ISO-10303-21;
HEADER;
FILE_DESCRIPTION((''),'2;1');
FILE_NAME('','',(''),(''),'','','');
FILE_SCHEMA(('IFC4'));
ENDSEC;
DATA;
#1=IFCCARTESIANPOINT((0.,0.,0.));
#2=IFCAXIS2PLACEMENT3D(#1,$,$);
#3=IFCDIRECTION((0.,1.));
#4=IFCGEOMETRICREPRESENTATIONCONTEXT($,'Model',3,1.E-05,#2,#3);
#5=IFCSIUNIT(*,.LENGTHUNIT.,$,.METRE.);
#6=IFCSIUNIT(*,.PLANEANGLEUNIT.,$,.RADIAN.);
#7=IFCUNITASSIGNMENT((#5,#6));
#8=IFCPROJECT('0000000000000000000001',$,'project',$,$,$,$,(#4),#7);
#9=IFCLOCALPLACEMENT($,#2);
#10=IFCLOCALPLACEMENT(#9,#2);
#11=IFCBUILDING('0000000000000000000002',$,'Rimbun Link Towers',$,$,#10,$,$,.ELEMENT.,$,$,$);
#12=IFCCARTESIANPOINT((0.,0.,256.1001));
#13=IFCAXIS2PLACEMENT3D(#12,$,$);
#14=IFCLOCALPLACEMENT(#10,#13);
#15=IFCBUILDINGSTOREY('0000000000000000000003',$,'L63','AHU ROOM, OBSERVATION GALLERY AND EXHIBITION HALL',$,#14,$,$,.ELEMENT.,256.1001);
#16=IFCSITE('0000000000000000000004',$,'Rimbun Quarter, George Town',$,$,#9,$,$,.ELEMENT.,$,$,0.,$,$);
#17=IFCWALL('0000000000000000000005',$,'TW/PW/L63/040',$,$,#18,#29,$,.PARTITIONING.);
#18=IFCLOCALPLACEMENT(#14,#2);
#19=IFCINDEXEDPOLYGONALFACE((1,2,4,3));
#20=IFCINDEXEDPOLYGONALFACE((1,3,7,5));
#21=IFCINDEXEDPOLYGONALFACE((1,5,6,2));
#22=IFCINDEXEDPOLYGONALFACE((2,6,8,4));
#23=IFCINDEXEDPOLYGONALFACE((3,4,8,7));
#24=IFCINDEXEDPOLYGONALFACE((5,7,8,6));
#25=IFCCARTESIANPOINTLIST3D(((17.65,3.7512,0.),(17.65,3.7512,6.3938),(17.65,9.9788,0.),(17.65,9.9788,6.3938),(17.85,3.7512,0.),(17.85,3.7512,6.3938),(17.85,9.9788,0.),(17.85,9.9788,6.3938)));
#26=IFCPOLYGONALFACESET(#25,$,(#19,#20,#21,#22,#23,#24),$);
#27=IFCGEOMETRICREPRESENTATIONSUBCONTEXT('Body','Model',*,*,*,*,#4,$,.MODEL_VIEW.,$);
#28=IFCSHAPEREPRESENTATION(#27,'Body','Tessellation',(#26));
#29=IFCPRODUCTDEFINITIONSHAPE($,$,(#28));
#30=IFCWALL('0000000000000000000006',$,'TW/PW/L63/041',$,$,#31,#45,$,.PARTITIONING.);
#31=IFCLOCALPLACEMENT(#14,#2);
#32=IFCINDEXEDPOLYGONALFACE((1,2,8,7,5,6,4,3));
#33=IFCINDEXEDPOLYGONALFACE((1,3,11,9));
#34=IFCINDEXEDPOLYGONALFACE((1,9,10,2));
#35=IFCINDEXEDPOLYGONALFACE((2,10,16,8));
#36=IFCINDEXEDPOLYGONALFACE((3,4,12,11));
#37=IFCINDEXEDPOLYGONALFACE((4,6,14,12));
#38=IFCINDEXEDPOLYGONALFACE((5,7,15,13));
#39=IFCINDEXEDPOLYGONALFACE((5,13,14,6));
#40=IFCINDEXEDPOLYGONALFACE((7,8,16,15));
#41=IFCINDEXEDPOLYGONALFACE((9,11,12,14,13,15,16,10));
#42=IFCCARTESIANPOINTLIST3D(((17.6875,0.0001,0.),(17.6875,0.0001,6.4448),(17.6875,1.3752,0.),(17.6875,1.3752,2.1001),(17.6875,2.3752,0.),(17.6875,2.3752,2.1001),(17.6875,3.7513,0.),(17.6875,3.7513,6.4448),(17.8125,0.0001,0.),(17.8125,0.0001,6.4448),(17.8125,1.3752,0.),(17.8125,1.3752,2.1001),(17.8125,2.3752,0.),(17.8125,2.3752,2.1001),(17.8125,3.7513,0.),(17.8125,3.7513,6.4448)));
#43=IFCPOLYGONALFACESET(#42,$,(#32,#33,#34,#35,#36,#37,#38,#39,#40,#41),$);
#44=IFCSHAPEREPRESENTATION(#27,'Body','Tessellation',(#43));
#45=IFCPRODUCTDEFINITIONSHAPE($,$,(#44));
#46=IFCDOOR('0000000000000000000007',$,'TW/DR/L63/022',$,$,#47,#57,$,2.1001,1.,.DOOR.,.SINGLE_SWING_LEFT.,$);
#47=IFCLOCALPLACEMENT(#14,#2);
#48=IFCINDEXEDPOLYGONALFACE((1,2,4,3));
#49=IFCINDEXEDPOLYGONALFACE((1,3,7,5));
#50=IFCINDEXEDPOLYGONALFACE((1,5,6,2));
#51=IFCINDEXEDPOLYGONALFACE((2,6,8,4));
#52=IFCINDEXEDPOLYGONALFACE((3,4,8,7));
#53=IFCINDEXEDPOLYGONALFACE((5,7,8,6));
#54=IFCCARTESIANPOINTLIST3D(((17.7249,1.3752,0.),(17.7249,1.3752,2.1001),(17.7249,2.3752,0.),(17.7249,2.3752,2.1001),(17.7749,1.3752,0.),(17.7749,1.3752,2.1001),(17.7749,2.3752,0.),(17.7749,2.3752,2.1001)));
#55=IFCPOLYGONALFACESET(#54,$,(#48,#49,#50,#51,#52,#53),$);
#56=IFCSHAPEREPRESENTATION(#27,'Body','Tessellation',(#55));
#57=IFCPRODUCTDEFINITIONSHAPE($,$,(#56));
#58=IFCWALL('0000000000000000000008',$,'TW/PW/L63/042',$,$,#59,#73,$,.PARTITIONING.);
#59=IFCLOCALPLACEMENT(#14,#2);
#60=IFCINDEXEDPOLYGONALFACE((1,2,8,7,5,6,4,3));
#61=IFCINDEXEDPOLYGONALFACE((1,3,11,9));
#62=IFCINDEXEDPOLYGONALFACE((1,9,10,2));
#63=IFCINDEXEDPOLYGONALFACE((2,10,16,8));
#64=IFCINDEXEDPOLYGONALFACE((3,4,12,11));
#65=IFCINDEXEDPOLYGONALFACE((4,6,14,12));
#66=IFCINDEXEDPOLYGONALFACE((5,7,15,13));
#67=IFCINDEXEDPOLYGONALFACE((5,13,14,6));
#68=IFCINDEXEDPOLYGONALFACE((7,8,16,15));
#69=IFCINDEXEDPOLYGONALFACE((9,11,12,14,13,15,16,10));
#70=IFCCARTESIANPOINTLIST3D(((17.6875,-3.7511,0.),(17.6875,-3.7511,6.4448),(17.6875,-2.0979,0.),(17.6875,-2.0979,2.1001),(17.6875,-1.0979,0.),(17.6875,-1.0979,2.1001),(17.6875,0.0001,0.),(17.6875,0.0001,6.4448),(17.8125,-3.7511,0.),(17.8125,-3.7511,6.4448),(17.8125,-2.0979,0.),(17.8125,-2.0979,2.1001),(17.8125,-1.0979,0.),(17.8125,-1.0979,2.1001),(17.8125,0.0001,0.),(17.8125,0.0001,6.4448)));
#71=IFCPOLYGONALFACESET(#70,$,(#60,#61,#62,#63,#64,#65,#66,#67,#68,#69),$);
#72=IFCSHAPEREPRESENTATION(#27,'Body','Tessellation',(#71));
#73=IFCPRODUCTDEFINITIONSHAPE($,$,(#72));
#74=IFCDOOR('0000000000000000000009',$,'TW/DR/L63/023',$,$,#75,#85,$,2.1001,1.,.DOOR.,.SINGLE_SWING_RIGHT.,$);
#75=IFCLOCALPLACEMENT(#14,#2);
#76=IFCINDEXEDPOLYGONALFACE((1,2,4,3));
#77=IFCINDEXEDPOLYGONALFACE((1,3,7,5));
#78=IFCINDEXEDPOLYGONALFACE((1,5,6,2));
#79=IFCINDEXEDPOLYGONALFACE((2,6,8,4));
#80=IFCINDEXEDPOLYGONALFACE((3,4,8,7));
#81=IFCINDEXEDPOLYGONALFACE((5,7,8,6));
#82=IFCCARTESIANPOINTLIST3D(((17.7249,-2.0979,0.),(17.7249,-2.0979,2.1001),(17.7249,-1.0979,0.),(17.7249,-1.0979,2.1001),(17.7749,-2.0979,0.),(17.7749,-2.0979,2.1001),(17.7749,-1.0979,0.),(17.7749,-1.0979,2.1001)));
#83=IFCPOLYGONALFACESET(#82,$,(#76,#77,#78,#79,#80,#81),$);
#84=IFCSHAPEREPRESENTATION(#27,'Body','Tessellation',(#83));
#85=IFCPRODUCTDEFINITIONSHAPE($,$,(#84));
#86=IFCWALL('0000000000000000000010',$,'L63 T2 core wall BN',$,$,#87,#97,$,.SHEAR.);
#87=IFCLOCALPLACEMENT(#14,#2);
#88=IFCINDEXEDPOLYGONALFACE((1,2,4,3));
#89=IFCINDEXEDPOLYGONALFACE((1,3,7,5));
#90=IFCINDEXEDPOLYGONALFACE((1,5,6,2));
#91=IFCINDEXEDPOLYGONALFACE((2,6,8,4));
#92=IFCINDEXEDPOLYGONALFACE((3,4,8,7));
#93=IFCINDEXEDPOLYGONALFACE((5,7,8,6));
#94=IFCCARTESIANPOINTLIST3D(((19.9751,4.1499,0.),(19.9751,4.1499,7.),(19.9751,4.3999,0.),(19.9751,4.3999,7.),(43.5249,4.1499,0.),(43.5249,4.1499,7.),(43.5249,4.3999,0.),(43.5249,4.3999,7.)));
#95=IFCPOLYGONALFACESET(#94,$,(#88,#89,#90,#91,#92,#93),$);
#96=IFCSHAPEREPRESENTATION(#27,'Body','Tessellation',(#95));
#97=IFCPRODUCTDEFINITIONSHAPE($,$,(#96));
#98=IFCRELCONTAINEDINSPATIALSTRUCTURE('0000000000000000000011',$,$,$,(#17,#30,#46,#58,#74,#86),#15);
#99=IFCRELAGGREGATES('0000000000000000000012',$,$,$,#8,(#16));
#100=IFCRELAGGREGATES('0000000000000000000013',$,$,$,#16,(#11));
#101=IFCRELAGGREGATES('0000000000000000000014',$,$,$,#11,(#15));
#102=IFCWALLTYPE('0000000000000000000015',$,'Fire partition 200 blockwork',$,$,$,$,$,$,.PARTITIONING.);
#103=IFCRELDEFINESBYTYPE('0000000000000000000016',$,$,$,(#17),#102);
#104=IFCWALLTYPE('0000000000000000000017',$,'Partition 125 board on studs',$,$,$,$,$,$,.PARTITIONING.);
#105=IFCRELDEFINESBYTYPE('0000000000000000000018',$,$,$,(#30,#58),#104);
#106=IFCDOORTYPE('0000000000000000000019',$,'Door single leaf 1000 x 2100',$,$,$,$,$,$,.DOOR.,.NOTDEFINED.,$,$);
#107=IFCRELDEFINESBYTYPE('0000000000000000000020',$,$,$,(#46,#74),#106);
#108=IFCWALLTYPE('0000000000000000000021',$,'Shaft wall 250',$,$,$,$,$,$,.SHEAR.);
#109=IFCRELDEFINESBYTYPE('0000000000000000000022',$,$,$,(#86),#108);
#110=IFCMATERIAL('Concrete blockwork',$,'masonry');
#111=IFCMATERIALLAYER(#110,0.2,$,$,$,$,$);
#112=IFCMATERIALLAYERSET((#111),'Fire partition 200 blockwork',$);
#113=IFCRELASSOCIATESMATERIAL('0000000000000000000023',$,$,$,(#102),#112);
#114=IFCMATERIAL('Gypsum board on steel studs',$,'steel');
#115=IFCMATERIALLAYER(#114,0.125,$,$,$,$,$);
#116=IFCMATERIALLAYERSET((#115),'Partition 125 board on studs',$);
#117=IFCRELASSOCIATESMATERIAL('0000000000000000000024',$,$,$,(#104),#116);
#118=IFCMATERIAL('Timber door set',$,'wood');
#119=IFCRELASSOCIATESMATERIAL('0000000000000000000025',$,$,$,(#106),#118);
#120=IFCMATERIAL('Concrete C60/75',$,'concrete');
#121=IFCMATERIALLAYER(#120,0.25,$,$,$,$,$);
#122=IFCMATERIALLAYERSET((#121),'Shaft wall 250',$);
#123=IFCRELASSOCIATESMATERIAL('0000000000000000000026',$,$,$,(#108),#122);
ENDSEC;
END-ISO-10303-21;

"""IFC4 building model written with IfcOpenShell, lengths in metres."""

from ifc_helpers import new_model, si_unit, direction, frame, frame_2d, origin, place, context, subcontext, project, spatial, rectangle, extrude, material, layer, layer_set, type_object, element, fill, save


model = new_model("IFC4")

# Units and contexts
model_context = context("Model", 3, precision=1e-05, world=origin(), true_north=direction((0.0, 1.0)))
body_context = subcontext(model_context, "Body", "Model", "MODEL_VIEW")
ifc_project = project(units=[si_unit("LENGTHUNIT", "METRE"), si_unit("PLANEANGLEUNIT", "RADIAN")], contexts=[model_context])

# Site, building, storey
site_placement = place(None, origin())
site = spatial("IfcSite", under=ifc_project, at=site_placement, Name="Rimbun Quarter, George Town", CompositionType="ELEMENT", RefElevation=0.0)
building_placement = place(site_placement, origin())
building = spatial("IfcBuilding", under=site, at=building_placement, Name="Rimbun Link Towers", CompositionType="ELEMENT")
storey_placement = place(building_placement, frame((0.0, 0.0, 256.1001)))
storey = spatial("IfcBuildingStorey", under=building, at=storey_placement, Name="L63", Description="AHU ROOM, OBSERVATION GALLERY AND EXHIBITION HALL", CompositionType="ELEMENT", Elevation=256.1001)

# Wall
ifc_material_1 = material(Name="Concrete blockwork", Category="masonry")
ifc_layer_1 = layer(ifc_material_1, 0.2)
ifc_layer_set_1 = layer_set([ifc_layer_1], Name="Fire partition 200 blockwork")
wall_type_1 = type_object("IfcWallType", Name="Fire partition 200 blockwork", PredefinedType="PARTITIONING", material=ifc_layer_set_1)
wall_1_placement = place(storey_placement, frame((17.75, 9.9788, 0.0), z_axis=(0.0, 0.0, 1.0), x_axis=(0.0, -1.0, 0.0)))
element("IfcWall", 1, at=wall_1_placement, inside=storey, type_object=wall_type_1, Name="TW/PW/L63/040", PredefinedType="PARTITIONING", context=body_context, shape_type="SweptSolid", body=[
    extrude(rectangle(XDim=6.2275, YDim=0.2, at=frame_2d((3.1138, 0.0))), origin(), (0.0, 0.0, 1.0), 6.3938),
])

# Walls, openings, doors
ifc_material_2 = material(Name="Gypsum board on steel studs", Category="steel")
ifc_layer_2 = layer(ifc_material_2, 0.125)
ifc_layer_set_2 = layer_set([ifc_layer_2], Name="Partition 125 board on studs")
wall_type_2 = type_object("IfcWallType", Name="Partition 125 board on studs", PredefinedType="PARTITIONING", material=ifc_layer_set_2)
wall_2_placement = place(storey_placement, frame((17.75, 3.7512, 0.0), z_axis=(0.0, 0.0, 1.0), x_axis=(0.0, -1.0, 0.0)))
wall_2 = element("IfcWall", 2, at=wall_2_placement, inside=storey, type_object=wall_type_2, Name="TW/PW/L63/041", PredefinedType="PARTITIONING", context=body_context, shape_type="SweptSolid", body=[
    extrude(rectangle(XDim=3.7512, YDim=0.125, at=frame_2d((1.8755, 0.0))), origin(), (0.0, 0.0, 1.0), 6.4448),
])
opening_1_placement = place(wall_2_placement, frame((1.376, 0.0, 0.0)))
opening_1 = element("IfcOpeningElement", 3, at=opening_1_placement, cuts=wall_2, PredefinedType="OPENING", context=body_context, shape_type="SweptSolid", body=[
    extrude(rectangle(XDim=1.0, YDim=2.1001, at=frame_2d((0.5, 1.05))), frame((0.0, 0.0725, 0.0), z_axis=(0.0, -1.0, 0.0), x_axis=(1.0, 0.0, 0.0)), (0.0, 0.0, 1.0), 0.145),
])
ifc_material_3 = material(Name="Timber door set", Category="wood")
door_type_1 = type_object("IfcDoorType", Name="Door single leaf 1000 x 2100", OperationType="NOTDEFINED", PredefinedType="DOOR", material=ifc_material_3)
door_1_placement = place(opening_1_placement, origin())
door_1 = element("IfcDoor", 4, at=door_1_placement, inside=storey, type_object=door_type_1, Name="TW/DR/L63/022", OperationType="SINGLE_SWING_LEFT", OverallHeight=2.1001, OverallWidth=1.0, PredefinedType="DOOR", context=body_context, shape_type="SweptSolid", body=[
    extrude(rectangle(XDim=1.0, YDim=2.1001, at=frame_2d((0.5, 1.05))), frame((0.0, 0.0249, 0.0), z_axis=(0.0, -1.0, 0.0), x_axis=(1.0, 0.0, 0.0)), (0.0, 0.0, 1.0), 0.05),
])
fill(opening_1, door_1)
wall_3_placement = place(storey_placement, frame((17.75, 0.0, 0.0), z_axis=(0.0, 0.0, 1.0), x_axis=(0.0, -1.0, 0.0)))
wall_3 = element("IfcWall", 5, at=wall_3_placement, inside=storey, type_object=wall_type_2, Name="TW/PW/L63/042", PredefinedType="PARTITIONING", context=body_context, shape_type="SweptSolid", body=[
    extrude(rectangle(XDim=3.7512, YDim=0.125, at=frame_2d((1.8755, 0.0))), origin(), (0.0, 0.0, 1.0), 6.4448),
])
opening_2_placement = place(wall_3_placement, frame((1.0979, 0.0, 0.0)))
opening_2 = element("IfcOpeningElement", 6, at=opening_2_placement, cuts=wall_3, PredefinedType="OPENING", context=body_context, shape_type="SweptSolid", body=[
    extrude(rectangle(XDim=1.0, YDim=2.1001, at=frame_2d((0.5, 1.05))), frame((0.0, 0.0725, 0.0), z_axis=(0.0, -1.0, 0.0), x_axis=(1.0, 0.0, 0.0)), (0.0, 0.0, 1.0), 0.145),
])
door_2_placement = place(opening_2_placement, origin())
door_2 = element("IfcDoor", 7, at=door_2_placement, inside=storey, type_object=door_type_1, Name="TW/DR/L63/023", OperationType="SINGLE_SWING_RIGHT", OverallHeight=2.1001, OverallWidth=1.0, PredefinedType="DOOR", context=body_context, shape_type="SweptSolid", body=[
    extrude(rectangle(XDim=1.0, YDim=2.1001, at=frame_2d((0.5, 1.05))), frame((0.0, 0.0249, 0.0), z_axis=(0.0, -1.0, 0.0), x_axis=(1.0, 0.0, 0.0)), (0.0, 0.0, 1.0), 0.05),
])
fill(opening_2, door_2)

# Wall
ifc_material_4 = material(Name="Concrete C60/75", Category="concrete")
ifc_layer_3 = layer(ifc_material_4, 0.25)
ifc_layer_set_3 = layer_set([ifc_layer_3], Name="Shaft wall 250")
wall_type_3 = type_object("IfcWallType", Name="Shaft wall 250", PredefinedType="SHEAR", material=ifc_layer_set_3)
wall_4_placement = place(storey_placement, frame((19.9751, 4.2749, 0.0), z_axis=(0.0, 0.0, 1.0), x_axis=(1.0, 0.0, 0.0)))
element("IfcWall", 8, at=wall_4_placement, inside=storey, type_object=wall_type_3, Name="L63 T2 core wall BN", PredefinedType="SHEAR", context=body_context, shape_type="SweptSolid", body=[
    extrude(rectangle(XDim=23.5498, YDim=0.25, at=frame_2d((11.7749, 0.0))), origin(), (0.0, 0.0, 1.0), 7.0),
])

save(model, "model.ifc")
